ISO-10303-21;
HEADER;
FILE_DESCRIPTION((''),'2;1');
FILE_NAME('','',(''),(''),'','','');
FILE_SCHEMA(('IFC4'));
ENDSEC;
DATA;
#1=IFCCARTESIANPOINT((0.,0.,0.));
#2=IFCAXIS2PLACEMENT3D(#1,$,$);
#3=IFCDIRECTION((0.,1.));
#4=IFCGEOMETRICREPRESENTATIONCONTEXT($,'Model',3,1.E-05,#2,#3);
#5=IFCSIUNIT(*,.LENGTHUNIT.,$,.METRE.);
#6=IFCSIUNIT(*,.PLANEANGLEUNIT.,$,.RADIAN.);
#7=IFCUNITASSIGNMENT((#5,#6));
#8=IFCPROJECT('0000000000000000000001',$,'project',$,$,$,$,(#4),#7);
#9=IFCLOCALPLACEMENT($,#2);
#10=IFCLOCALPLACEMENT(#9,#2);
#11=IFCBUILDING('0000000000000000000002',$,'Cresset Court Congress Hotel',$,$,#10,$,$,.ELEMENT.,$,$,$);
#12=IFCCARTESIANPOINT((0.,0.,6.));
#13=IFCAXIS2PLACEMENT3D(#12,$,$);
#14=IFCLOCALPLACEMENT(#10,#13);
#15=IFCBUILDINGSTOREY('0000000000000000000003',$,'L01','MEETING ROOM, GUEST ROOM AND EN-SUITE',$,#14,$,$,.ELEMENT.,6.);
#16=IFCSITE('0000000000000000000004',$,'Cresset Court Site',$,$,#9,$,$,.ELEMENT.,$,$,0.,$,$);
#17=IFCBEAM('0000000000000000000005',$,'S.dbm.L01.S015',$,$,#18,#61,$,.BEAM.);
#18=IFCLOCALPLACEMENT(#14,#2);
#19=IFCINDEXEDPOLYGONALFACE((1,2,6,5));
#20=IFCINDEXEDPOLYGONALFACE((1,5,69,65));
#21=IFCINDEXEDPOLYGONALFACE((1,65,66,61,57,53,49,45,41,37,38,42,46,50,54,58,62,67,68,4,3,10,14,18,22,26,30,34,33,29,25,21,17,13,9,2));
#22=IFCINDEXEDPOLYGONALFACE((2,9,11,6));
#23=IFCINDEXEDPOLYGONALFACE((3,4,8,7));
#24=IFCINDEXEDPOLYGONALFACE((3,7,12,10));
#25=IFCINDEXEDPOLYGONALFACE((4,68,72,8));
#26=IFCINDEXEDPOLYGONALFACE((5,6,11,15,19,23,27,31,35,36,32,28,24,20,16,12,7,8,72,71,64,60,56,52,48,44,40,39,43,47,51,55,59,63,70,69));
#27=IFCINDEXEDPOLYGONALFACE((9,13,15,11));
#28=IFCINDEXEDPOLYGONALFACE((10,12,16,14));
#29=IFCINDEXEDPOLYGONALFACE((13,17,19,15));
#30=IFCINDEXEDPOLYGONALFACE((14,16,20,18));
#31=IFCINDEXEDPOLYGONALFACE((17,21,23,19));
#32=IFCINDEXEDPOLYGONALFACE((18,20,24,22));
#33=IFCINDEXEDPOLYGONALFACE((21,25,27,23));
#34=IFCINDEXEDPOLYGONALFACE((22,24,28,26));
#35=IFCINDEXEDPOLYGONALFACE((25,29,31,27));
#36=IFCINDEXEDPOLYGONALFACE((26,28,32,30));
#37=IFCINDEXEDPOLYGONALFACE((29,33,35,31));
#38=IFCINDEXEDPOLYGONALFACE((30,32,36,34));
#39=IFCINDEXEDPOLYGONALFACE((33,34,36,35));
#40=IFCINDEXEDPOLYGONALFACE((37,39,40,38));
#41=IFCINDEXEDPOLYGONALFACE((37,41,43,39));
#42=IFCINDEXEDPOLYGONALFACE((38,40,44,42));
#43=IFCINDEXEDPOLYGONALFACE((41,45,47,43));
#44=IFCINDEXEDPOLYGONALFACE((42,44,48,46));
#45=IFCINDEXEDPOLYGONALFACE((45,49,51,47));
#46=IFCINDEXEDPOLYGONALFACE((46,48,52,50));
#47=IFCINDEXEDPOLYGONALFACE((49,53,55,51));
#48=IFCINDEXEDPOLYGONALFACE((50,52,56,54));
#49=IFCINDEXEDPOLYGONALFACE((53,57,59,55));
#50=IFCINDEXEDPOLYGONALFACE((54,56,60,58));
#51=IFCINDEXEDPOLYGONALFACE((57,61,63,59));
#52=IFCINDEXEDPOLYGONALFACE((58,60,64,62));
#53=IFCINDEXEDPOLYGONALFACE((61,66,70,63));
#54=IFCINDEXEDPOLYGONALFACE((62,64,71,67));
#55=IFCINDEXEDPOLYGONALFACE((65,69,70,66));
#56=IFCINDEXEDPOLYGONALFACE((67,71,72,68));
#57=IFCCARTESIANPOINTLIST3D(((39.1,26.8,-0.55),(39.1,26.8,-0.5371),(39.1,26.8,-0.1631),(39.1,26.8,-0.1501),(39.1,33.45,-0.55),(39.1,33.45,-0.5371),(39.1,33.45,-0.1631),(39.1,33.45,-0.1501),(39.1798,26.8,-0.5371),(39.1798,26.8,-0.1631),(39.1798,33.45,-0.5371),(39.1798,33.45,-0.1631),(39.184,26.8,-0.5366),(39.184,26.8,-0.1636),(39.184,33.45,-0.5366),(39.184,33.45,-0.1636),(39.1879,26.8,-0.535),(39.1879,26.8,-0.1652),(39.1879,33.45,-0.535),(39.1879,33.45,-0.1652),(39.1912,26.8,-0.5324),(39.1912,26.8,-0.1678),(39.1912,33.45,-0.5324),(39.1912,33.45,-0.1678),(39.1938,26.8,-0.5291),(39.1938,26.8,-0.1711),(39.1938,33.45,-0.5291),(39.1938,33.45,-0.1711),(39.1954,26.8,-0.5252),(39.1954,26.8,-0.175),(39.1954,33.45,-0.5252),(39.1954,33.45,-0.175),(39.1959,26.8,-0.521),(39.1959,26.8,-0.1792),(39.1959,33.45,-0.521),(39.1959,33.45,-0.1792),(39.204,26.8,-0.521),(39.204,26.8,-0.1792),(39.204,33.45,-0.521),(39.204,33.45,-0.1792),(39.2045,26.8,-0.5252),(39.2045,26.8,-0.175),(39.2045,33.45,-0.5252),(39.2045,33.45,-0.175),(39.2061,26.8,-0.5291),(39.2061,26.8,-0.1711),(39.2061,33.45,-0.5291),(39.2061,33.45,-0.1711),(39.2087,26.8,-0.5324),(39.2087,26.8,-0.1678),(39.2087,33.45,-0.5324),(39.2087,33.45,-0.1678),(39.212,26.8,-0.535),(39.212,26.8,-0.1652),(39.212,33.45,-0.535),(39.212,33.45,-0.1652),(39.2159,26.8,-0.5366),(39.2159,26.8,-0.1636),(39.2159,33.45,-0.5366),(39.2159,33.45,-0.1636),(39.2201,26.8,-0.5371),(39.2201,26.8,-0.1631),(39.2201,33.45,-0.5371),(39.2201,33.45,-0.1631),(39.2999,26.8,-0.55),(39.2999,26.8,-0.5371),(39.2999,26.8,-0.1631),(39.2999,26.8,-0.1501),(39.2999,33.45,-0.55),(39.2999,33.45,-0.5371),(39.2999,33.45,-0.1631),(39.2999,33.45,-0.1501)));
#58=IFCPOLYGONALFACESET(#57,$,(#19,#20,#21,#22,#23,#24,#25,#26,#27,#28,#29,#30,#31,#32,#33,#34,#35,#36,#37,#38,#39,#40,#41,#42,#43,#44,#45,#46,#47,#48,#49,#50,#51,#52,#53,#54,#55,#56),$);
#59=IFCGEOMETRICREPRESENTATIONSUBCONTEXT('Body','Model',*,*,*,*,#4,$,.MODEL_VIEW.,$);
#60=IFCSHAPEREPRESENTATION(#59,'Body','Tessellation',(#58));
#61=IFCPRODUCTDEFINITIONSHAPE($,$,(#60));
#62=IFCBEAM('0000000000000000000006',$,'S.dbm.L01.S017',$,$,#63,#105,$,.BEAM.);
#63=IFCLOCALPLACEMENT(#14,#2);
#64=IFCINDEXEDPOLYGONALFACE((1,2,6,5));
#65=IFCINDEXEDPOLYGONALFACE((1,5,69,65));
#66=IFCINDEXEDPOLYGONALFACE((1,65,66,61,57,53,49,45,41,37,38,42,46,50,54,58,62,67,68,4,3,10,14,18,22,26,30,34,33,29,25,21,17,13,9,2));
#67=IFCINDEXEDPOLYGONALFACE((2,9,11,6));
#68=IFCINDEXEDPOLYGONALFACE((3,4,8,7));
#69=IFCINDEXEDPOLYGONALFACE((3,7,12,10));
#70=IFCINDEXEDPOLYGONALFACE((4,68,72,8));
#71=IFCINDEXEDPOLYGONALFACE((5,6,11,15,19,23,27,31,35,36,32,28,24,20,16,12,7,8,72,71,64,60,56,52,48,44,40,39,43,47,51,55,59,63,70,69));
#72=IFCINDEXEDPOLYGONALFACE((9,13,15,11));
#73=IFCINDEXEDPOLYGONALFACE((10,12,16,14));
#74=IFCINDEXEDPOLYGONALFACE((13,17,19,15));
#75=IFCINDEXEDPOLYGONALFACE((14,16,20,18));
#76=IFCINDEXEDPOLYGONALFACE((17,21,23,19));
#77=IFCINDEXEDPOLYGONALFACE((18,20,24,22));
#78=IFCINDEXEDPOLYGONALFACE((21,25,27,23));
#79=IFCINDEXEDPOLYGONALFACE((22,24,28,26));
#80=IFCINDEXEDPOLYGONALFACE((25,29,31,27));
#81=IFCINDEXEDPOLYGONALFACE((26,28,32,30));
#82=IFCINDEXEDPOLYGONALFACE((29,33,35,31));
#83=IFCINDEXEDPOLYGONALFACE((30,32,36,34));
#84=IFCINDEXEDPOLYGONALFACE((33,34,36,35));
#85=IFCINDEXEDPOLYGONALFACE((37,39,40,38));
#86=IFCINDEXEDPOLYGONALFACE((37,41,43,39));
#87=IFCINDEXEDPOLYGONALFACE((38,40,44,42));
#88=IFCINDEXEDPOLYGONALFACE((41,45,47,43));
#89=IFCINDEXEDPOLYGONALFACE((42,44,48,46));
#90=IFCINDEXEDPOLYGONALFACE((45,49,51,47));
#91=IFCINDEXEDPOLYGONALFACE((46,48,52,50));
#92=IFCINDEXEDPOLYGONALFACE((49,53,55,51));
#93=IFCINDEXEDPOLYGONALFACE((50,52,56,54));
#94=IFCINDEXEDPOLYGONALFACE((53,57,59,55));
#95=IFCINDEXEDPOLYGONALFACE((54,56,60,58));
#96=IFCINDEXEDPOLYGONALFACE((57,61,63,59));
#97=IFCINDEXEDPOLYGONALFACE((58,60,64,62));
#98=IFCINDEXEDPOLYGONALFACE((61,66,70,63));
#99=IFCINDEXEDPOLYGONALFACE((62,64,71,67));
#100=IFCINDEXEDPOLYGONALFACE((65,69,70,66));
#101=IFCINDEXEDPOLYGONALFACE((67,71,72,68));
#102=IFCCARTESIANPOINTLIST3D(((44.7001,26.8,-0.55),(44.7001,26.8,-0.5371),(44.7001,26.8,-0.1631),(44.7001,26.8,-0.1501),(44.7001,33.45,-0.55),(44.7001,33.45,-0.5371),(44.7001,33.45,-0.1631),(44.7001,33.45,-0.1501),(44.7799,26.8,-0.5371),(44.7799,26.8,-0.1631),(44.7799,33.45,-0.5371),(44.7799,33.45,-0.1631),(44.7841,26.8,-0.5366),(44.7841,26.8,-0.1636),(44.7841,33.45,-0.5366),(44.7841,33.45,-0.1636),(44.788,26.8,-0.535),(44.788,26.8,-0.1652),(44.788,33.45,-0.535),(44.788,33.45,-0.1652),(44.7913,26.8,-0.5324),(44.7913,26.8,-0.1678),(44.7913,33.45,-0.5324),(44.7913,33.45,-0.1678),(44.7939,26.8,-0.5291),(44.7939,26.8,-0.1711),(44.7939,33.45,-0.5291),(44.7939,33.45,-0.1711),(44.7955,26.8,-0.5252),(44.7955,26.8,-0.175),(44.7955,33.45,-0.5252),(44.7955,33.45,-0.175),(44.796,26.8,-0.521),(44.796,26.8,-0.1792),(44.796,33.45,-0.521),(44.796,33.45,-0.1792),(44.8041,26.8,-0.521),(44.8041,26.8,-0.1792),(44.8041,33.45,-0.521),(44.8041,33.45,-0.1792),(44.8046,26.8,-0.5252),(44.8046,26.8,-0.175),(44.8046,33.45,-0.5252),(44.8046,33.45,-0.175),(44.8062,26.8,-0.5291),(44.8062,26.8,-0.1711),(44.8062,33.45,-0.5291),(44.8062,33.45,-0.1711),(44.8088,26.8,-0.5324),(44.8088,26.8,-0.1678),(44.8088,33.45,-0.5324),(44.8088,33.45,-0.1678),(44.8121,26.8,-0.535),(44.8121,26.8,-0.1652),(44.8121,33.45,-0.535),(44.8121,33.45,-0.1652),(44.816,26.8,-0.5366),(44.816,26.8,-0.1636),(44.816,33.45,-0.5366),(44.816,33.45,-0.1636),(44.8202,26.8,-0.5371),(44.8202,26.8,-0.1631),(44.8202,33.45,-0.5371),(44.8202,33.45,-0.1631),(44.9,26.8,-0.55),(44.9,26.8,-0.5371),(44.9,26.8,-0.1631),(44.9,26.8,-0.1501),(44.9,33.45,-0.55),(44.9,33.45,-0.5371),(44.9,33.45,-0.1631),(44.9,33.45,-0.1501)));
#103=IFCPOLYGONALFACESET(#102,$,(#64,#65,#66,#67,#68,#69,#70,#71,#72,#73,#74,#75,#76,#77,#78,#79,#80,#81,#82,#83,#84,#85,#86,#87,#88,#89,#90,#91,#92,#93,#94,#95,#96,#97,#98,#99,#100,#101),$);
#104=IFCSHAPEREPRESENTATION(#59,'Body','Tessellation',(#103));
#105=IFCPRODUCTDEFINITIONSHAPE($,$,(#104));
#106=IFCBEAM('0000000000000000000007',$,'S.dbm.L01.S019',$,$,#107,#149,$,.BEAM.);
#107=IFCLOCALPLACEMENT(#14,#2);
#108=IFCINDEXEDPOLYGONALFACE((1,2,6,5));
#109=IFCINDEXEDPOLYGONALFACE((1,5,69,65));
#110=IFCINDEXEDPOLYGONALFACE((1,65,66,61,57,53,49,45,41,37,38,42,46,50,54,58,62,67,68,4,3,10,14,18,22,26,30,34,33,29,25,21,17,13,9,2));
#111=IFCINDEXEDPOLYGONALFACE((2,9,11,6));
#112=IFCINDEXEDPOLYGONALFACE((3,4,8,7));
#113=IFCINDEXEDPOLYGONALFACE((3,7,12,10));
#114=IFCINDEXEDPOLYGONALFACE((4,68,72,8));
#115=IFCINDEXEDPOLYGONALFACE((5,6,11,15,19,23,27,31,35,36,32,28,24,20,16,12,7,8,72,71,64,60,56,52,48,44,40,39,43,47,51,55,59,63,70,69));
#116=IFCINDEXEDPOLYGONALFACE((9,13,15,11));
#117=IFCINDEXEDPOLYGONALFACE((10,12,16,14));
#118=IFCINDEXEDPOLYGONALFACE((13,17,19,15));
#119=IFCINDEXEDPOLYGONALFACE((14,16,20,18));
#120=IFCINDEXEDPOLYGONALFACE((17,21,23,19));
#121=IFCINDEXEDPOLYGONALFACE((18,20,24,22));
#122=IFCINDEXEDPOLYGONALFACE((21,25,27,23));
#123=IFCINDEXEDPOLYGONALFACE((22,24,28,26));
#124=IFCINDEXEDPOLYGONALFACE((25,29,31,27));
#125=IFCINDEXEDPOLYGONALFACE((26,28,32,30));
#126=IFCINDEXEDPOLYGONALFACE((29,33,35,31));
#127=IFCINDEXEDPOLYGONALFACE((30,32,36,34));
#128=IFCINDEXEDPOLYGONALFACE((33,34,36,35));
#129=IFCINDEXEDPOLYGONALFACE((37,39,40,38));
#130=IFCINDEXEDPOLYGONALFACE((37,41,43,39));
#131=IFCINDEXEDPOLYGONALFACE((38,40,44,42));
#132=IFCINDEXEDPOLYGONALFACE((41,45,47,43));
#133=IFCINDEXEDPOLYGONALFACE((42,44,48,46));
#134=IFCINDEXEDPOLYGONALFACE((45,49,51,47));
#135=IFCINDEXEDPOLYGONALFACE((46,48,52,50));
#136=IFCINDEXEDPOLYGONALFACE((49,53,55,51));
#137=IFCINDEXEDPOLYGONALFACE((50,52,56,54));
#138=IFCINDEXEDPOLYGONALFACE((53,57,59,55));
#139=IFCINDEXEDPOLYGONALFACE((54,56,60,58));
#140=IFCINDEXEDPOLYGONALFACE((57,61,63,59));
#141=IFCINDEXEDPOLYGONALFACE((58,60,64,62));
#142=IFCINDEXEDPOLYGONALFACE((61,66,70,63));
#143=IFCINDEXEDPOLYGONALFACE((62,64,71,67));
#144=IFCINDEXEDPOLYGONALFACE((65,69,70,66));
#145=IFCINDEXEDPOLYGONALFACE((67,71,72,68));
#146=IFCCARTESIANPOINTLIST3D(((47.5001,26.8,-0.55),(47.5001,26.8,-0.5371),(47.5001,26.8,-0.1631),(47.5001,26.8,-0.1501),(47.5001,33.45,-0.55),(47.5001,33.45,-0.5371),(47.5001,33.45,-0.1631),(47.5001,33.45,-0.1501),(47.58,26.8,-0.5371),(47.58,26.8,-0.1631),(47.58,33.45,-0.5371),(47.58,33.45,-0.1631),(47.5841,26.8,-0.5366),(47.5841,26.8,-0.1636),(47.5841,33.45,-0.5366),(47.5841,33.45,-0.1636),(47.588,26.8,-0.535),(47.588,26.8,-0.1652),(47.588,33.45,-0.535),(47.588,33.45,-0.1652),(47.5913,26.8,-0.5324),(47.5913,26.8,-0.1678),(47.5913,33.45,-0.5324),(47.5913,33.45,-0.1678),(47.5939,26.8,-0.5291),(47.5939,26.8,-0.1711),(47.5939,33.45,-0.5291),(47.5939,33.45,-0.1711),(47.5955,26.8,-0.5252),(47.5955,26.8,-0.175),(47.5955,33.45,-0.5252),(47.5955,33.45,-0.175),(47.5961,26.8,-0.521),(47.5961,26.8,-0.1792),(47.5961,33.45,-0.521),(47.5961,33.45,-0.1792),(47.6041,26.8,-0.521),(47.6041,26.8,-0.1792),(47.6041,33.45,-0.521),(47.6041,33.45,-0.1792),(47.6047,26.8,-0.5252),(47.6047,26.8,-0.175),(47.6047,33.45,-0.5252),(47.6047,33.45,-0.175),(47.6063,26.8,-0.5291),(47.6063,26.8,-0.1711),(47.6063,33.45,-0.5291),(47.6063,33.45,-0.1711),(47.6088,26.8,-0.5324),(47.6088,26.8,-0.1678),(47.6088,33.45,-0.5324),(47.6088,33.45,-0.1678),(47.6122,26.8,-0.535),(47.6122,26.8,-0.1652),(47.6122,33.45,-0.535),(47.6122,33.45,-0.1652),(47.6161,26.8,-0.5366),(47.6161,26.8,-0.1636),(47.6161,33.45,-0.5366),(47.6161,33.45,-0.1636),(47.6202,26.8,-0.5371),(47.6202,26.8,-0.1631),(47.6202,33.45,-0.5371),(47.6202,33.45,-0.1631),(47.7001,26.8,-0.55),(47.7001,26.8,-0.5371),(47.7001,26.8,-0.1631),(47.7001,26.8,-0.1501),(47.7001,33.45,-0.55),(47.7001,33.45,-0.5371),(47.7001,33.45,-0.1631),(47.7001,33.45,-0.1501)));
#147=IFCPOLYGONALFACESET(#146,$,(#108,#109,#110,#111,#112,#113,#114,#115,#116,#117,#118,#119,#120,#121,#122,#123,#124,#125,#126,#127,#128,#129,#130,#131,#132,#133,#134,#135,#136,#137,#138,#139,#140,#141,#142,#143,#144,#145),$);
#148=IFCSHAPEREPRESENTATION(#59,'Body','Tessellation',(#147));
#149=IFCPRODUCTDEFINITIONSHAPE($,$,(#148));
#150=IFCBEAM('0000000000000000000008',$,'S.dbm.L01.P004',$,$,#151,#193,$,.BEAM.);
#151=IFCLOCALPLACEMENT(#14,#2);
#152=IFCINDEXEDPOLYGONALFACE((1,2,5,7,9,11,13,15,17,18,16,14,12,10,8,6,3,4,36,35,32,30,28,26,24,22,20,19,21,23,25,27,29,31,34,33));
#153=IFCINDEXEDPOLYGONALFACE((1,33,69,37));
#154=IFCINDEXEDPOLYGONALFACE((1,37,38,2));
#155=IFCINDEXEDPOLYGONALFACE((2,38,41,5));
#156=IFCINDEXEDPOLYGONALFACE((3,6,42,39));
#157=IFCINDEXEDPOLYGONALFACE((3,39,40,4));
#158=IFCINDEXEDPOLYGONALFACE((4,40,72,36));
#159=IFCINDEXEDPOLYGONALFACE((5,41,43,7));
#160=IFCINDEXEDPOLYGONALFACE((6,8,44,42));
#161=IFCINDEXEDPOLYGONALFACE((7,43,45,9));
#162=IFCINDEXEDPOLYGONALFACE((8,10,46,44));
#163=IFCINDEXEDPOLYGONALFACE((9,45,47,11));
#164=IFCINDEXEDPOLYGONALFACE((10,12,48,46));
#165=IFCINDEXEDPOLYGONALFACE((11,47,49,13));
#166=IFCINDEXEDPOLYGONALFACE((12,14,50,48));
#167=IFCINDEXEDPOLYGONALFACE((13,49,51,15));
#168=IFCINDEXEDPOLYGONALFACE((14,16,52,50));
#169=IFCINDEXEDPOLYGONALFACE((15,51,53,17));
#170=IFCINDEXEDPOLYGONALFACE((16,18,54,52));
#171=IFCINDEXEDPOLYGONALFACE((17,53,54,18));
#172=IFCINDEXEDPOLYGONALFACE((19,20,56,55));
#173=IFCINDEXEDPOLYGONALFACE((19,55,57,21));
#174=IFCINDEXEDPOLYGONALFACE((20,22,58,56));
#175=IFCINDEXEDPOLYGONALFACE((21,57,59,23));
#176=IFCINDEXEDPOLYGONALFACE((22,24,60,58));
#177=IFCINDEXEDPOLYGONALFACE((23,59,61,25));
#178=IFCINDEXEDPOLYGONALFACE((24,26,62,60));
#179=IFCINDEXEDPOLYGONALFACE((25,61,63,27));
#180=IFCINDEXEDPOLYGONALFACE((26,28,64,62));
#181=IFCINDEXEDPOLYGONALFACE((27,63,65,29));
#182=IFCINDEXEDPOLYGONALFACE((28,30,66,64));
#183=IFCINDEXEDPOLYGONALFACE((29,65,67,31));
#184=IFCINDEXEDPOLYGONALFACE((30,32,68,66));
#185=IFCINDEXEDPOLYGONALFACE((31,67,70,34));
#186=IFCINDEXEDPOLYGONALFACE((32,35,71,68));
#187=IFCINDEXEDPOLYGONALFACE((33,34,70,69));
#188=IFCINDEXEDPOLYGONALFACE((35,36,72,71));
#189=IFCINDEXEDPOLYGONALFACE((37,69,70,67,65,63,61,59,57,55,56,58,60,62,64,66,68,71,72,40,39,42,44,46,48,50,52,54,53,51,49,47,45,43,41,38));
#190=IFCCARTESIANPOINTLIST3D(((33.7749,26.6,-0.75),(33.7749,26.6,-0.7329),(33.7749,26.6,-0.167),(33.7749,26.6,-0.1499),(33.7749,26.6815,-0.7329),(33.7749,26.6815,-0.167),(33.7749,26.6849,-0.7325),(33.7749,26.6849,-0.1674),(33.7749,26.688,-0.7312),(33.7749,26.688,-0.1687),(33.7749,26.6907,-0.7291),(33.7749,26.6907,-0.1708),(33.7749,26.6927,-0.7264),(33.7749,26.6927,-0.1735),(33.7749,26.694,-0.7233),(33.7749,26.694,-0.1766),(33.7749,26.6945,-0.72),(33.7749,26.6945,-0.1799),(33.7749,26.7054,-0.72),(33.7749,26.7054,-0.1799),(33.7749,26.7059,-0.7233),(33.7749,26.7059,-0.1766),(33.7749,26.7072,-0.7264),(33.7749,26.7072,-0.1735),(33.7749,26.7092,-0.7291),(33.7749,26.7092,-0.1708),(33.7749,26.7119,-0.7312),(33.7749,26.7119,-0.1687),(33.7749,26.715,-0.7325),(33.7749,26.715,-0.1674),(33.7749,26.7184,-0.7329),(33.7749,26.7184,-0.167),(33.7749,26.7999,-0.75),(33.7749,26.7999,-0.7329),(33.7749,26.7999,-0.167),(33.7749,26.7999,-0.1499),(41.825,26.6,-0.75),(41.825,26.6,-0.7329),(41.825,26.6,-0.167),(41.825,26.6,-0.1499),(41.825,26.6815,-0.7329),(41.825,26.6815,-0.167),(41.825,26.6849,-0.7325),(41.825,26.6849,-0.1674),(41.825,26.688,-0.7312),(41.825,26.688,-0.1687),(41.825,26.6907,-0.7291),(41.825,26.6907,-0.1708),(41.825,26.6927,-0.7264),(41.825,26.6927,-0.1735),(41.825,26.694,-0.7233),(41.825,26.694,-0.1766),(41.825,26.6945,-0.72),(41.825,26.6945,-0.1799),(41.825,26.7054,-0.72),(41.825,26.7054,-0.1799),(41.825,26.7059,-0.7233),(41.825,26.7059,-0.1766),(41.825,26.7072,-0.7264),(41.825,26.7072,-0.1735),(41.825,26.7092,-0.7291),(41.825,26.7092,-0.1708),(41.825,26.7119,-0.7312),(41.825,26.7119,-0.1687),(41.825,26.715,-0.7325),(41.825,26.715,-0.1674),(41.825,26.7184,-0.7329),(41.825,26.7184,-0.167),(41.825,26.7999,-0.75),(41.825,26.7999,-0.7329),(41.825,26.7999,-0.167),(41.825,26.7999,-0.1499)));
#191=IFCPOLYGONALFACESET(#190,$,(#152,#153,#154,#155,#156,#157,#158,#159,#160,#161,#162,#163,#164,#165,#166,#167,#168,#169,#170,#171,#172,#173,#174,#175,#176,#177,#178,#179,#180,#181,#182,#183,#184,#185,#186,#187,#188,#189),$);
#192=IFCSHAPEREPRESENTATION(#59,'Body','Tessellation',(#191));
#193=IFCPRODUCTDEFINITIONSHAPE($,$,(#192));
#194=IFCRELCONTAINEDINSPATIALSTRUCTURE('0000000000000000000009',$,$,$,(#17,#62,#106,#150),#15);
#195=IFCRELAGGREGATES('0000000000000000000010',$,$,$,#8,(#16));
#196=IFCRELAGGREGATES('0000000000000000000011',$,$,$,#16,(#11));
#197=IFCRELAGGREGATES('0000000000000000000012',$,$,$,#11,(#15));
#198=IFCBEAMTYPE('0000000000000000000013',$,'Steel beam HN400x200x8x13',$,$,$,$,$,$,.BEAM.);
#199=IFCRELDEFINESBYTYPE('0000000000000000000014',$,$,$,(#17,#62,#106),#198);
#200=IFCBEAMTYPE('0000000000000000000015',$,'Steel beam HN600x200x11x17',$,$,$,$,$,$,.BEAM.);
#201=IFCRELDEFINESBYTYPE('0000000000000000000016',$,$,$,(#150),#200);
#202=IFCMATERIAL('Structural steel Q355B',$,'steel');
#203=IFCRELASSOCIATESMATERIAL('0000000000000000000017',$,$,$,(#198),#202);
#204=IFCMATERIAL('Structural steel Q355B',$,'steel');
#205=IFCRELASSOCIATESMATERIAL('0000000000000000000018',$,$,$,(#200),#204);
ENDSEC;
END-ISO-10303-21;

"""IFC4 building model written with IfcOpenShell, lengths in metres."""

from ifc_helpers import new_model, si_unit, direction, frame, origin, origin_2d, place, context, subcontext, project, spatial, i_section, extrude, material, material_profile, profile_set, type_object, element, save


model = new_model("IFC4")

# Units and contexts
model_context = context("Model", 3, precision=1e-05, world=origin(), true_north=direction((0.0, 1.0)))
body_context = subcontext(model_context, "Body", "Model", "MODEL_VIEW")
ifc_project = project(units=[si_unit("LENGTHUNIT", "METRE"), si_unit("PLANEANGLEUNIT", "RADIAN")], contexts=[model_context])

# Site, building, storey
site_placement = place(None, origin())
site = spatial("IfcSite", under=ifc_project, at=site_placement, Name="Cresset Court Site", CompositionType="ELEMENT", RefElevation=0.0)
building_placement = place(site_placement, origin())
building = spatial("IfcBuilding", under=site, at=building_placement, Name="Cresset Court Congress Hotel", CompositionType="ELEMENT")
storey_placement = place(building_placement, frame((0.0, 0.0, 6.0)))
storey = spatial("IfcBuildingStorey", under=building, at=storey_placement, Name="L01", Description="MEETING ROOM, GUEST ROOM AND EN-SUITE", CompositionType="ELEMENT", Elevation=6.0)

# Beams
ifc_material_1 = material(Name="Structural steel Q355B", Category="steel")
ifc_material_profile_1 = material_profile(ifc_material_1, i_section(OverallWidth=0.2, OverallDepth=0.3999, WebThickness=0.0081, FlangeThickness=0.0129, FilletRadius=0.0161, at=origin_2d()), Name="HN400x200x8x13")
ifc_profile_set_1 = profile_set([ifc_material_profile_1], Name="Structural steel Q355B")
beam_type_1 = type_object("IfcBeamType", Name="Steel beam HN400x200x8x13", PredefinedType="BEAM", material=ifc_profile_set_1)
for number, where, z_axis, x_axis, name in (
    (1, (39.2, 26.8, -0.3501), (0.0, 1.0, 0.0), (-1.0, 0.0, 0.0), "S.dbm.L01.S015"),
    (2, (44.8, 26.8, -0.3501), (0.0, 1.0, 0.0), (-1.0, 0.0, 0.0), "S.dbm.L01.S017"),
    (3, (47.6001, 26.8, -0.3501), (0.0, 1.0, 0.0), (-1.0, 0.0, 0.0), "S.dbm.L01.S019"),
):
    element("IfcBeam", number, at=place(storey_placement, frame(where, z_axis=z_axis, x_axis=x_axis)), inside=storey, type_object=beam_type_1, Name=name, PredefinedType="BEAM", context=body_context, shape_type="SweptSolid", body=[
        extrude(i_section(OverallWidth=0.2, OverallDepth=0.3999, WebThickness=0.0081, FlangeThickness=0.0129, FilletRadius=0.0161, at=origin_2d()), origin(), (0.0, 0.0, 1.0), 6.6499),
    ])
ifc_material_2 = material(Name="Structural steel Q355B", Category="steel")
ifc_material_profile_2 = material_profile(ifc_material_2, i_section(OverallWidth=0.2, OverallDepth=0.6001, WebThickness=0.011, FlangeThickness=0.0171, FilletRadius=0.0129, at=origin_2d()), Name="HN600x200x11x17")
ifc_profile_set_2 = profile_set([ifc_material_profile_2], Name="Structural steel Q355B")
beam_type_2 = type_object("IfcBeamType", Name="Steel beam HN600x200x11x17", PredefinedType="BEAM", material=ifc_profile_set_2)
for number, where, z_axis, x_axis, name in (
    (4, (33.7749, 26.7, -0.45), (1.0, 0.0, 0.0), (0.0, 1.0, 0.0), "S.dbm.L01.P004"),
):
    element("IfcBeam", number, at=place(storey_placement, frame(where, z_axis=z_axis, x_axis=x_axis)), inside=storey, type_object=beam_type_2, Name=name, PredefinedType="BEAM", context=body_context, shape_type="SweptSolid", body=[
        extrude(i_section(OverallWidth=0.2, OverallDepth=0.6001, WebThickness=0.011, FlangeThickness=0.0171, FilletRadius=0.0129, at=origin_2d()), origin(), (0.0, 0.0, 1.0), 8.05),
    ])

save(model, "model.ifc")
